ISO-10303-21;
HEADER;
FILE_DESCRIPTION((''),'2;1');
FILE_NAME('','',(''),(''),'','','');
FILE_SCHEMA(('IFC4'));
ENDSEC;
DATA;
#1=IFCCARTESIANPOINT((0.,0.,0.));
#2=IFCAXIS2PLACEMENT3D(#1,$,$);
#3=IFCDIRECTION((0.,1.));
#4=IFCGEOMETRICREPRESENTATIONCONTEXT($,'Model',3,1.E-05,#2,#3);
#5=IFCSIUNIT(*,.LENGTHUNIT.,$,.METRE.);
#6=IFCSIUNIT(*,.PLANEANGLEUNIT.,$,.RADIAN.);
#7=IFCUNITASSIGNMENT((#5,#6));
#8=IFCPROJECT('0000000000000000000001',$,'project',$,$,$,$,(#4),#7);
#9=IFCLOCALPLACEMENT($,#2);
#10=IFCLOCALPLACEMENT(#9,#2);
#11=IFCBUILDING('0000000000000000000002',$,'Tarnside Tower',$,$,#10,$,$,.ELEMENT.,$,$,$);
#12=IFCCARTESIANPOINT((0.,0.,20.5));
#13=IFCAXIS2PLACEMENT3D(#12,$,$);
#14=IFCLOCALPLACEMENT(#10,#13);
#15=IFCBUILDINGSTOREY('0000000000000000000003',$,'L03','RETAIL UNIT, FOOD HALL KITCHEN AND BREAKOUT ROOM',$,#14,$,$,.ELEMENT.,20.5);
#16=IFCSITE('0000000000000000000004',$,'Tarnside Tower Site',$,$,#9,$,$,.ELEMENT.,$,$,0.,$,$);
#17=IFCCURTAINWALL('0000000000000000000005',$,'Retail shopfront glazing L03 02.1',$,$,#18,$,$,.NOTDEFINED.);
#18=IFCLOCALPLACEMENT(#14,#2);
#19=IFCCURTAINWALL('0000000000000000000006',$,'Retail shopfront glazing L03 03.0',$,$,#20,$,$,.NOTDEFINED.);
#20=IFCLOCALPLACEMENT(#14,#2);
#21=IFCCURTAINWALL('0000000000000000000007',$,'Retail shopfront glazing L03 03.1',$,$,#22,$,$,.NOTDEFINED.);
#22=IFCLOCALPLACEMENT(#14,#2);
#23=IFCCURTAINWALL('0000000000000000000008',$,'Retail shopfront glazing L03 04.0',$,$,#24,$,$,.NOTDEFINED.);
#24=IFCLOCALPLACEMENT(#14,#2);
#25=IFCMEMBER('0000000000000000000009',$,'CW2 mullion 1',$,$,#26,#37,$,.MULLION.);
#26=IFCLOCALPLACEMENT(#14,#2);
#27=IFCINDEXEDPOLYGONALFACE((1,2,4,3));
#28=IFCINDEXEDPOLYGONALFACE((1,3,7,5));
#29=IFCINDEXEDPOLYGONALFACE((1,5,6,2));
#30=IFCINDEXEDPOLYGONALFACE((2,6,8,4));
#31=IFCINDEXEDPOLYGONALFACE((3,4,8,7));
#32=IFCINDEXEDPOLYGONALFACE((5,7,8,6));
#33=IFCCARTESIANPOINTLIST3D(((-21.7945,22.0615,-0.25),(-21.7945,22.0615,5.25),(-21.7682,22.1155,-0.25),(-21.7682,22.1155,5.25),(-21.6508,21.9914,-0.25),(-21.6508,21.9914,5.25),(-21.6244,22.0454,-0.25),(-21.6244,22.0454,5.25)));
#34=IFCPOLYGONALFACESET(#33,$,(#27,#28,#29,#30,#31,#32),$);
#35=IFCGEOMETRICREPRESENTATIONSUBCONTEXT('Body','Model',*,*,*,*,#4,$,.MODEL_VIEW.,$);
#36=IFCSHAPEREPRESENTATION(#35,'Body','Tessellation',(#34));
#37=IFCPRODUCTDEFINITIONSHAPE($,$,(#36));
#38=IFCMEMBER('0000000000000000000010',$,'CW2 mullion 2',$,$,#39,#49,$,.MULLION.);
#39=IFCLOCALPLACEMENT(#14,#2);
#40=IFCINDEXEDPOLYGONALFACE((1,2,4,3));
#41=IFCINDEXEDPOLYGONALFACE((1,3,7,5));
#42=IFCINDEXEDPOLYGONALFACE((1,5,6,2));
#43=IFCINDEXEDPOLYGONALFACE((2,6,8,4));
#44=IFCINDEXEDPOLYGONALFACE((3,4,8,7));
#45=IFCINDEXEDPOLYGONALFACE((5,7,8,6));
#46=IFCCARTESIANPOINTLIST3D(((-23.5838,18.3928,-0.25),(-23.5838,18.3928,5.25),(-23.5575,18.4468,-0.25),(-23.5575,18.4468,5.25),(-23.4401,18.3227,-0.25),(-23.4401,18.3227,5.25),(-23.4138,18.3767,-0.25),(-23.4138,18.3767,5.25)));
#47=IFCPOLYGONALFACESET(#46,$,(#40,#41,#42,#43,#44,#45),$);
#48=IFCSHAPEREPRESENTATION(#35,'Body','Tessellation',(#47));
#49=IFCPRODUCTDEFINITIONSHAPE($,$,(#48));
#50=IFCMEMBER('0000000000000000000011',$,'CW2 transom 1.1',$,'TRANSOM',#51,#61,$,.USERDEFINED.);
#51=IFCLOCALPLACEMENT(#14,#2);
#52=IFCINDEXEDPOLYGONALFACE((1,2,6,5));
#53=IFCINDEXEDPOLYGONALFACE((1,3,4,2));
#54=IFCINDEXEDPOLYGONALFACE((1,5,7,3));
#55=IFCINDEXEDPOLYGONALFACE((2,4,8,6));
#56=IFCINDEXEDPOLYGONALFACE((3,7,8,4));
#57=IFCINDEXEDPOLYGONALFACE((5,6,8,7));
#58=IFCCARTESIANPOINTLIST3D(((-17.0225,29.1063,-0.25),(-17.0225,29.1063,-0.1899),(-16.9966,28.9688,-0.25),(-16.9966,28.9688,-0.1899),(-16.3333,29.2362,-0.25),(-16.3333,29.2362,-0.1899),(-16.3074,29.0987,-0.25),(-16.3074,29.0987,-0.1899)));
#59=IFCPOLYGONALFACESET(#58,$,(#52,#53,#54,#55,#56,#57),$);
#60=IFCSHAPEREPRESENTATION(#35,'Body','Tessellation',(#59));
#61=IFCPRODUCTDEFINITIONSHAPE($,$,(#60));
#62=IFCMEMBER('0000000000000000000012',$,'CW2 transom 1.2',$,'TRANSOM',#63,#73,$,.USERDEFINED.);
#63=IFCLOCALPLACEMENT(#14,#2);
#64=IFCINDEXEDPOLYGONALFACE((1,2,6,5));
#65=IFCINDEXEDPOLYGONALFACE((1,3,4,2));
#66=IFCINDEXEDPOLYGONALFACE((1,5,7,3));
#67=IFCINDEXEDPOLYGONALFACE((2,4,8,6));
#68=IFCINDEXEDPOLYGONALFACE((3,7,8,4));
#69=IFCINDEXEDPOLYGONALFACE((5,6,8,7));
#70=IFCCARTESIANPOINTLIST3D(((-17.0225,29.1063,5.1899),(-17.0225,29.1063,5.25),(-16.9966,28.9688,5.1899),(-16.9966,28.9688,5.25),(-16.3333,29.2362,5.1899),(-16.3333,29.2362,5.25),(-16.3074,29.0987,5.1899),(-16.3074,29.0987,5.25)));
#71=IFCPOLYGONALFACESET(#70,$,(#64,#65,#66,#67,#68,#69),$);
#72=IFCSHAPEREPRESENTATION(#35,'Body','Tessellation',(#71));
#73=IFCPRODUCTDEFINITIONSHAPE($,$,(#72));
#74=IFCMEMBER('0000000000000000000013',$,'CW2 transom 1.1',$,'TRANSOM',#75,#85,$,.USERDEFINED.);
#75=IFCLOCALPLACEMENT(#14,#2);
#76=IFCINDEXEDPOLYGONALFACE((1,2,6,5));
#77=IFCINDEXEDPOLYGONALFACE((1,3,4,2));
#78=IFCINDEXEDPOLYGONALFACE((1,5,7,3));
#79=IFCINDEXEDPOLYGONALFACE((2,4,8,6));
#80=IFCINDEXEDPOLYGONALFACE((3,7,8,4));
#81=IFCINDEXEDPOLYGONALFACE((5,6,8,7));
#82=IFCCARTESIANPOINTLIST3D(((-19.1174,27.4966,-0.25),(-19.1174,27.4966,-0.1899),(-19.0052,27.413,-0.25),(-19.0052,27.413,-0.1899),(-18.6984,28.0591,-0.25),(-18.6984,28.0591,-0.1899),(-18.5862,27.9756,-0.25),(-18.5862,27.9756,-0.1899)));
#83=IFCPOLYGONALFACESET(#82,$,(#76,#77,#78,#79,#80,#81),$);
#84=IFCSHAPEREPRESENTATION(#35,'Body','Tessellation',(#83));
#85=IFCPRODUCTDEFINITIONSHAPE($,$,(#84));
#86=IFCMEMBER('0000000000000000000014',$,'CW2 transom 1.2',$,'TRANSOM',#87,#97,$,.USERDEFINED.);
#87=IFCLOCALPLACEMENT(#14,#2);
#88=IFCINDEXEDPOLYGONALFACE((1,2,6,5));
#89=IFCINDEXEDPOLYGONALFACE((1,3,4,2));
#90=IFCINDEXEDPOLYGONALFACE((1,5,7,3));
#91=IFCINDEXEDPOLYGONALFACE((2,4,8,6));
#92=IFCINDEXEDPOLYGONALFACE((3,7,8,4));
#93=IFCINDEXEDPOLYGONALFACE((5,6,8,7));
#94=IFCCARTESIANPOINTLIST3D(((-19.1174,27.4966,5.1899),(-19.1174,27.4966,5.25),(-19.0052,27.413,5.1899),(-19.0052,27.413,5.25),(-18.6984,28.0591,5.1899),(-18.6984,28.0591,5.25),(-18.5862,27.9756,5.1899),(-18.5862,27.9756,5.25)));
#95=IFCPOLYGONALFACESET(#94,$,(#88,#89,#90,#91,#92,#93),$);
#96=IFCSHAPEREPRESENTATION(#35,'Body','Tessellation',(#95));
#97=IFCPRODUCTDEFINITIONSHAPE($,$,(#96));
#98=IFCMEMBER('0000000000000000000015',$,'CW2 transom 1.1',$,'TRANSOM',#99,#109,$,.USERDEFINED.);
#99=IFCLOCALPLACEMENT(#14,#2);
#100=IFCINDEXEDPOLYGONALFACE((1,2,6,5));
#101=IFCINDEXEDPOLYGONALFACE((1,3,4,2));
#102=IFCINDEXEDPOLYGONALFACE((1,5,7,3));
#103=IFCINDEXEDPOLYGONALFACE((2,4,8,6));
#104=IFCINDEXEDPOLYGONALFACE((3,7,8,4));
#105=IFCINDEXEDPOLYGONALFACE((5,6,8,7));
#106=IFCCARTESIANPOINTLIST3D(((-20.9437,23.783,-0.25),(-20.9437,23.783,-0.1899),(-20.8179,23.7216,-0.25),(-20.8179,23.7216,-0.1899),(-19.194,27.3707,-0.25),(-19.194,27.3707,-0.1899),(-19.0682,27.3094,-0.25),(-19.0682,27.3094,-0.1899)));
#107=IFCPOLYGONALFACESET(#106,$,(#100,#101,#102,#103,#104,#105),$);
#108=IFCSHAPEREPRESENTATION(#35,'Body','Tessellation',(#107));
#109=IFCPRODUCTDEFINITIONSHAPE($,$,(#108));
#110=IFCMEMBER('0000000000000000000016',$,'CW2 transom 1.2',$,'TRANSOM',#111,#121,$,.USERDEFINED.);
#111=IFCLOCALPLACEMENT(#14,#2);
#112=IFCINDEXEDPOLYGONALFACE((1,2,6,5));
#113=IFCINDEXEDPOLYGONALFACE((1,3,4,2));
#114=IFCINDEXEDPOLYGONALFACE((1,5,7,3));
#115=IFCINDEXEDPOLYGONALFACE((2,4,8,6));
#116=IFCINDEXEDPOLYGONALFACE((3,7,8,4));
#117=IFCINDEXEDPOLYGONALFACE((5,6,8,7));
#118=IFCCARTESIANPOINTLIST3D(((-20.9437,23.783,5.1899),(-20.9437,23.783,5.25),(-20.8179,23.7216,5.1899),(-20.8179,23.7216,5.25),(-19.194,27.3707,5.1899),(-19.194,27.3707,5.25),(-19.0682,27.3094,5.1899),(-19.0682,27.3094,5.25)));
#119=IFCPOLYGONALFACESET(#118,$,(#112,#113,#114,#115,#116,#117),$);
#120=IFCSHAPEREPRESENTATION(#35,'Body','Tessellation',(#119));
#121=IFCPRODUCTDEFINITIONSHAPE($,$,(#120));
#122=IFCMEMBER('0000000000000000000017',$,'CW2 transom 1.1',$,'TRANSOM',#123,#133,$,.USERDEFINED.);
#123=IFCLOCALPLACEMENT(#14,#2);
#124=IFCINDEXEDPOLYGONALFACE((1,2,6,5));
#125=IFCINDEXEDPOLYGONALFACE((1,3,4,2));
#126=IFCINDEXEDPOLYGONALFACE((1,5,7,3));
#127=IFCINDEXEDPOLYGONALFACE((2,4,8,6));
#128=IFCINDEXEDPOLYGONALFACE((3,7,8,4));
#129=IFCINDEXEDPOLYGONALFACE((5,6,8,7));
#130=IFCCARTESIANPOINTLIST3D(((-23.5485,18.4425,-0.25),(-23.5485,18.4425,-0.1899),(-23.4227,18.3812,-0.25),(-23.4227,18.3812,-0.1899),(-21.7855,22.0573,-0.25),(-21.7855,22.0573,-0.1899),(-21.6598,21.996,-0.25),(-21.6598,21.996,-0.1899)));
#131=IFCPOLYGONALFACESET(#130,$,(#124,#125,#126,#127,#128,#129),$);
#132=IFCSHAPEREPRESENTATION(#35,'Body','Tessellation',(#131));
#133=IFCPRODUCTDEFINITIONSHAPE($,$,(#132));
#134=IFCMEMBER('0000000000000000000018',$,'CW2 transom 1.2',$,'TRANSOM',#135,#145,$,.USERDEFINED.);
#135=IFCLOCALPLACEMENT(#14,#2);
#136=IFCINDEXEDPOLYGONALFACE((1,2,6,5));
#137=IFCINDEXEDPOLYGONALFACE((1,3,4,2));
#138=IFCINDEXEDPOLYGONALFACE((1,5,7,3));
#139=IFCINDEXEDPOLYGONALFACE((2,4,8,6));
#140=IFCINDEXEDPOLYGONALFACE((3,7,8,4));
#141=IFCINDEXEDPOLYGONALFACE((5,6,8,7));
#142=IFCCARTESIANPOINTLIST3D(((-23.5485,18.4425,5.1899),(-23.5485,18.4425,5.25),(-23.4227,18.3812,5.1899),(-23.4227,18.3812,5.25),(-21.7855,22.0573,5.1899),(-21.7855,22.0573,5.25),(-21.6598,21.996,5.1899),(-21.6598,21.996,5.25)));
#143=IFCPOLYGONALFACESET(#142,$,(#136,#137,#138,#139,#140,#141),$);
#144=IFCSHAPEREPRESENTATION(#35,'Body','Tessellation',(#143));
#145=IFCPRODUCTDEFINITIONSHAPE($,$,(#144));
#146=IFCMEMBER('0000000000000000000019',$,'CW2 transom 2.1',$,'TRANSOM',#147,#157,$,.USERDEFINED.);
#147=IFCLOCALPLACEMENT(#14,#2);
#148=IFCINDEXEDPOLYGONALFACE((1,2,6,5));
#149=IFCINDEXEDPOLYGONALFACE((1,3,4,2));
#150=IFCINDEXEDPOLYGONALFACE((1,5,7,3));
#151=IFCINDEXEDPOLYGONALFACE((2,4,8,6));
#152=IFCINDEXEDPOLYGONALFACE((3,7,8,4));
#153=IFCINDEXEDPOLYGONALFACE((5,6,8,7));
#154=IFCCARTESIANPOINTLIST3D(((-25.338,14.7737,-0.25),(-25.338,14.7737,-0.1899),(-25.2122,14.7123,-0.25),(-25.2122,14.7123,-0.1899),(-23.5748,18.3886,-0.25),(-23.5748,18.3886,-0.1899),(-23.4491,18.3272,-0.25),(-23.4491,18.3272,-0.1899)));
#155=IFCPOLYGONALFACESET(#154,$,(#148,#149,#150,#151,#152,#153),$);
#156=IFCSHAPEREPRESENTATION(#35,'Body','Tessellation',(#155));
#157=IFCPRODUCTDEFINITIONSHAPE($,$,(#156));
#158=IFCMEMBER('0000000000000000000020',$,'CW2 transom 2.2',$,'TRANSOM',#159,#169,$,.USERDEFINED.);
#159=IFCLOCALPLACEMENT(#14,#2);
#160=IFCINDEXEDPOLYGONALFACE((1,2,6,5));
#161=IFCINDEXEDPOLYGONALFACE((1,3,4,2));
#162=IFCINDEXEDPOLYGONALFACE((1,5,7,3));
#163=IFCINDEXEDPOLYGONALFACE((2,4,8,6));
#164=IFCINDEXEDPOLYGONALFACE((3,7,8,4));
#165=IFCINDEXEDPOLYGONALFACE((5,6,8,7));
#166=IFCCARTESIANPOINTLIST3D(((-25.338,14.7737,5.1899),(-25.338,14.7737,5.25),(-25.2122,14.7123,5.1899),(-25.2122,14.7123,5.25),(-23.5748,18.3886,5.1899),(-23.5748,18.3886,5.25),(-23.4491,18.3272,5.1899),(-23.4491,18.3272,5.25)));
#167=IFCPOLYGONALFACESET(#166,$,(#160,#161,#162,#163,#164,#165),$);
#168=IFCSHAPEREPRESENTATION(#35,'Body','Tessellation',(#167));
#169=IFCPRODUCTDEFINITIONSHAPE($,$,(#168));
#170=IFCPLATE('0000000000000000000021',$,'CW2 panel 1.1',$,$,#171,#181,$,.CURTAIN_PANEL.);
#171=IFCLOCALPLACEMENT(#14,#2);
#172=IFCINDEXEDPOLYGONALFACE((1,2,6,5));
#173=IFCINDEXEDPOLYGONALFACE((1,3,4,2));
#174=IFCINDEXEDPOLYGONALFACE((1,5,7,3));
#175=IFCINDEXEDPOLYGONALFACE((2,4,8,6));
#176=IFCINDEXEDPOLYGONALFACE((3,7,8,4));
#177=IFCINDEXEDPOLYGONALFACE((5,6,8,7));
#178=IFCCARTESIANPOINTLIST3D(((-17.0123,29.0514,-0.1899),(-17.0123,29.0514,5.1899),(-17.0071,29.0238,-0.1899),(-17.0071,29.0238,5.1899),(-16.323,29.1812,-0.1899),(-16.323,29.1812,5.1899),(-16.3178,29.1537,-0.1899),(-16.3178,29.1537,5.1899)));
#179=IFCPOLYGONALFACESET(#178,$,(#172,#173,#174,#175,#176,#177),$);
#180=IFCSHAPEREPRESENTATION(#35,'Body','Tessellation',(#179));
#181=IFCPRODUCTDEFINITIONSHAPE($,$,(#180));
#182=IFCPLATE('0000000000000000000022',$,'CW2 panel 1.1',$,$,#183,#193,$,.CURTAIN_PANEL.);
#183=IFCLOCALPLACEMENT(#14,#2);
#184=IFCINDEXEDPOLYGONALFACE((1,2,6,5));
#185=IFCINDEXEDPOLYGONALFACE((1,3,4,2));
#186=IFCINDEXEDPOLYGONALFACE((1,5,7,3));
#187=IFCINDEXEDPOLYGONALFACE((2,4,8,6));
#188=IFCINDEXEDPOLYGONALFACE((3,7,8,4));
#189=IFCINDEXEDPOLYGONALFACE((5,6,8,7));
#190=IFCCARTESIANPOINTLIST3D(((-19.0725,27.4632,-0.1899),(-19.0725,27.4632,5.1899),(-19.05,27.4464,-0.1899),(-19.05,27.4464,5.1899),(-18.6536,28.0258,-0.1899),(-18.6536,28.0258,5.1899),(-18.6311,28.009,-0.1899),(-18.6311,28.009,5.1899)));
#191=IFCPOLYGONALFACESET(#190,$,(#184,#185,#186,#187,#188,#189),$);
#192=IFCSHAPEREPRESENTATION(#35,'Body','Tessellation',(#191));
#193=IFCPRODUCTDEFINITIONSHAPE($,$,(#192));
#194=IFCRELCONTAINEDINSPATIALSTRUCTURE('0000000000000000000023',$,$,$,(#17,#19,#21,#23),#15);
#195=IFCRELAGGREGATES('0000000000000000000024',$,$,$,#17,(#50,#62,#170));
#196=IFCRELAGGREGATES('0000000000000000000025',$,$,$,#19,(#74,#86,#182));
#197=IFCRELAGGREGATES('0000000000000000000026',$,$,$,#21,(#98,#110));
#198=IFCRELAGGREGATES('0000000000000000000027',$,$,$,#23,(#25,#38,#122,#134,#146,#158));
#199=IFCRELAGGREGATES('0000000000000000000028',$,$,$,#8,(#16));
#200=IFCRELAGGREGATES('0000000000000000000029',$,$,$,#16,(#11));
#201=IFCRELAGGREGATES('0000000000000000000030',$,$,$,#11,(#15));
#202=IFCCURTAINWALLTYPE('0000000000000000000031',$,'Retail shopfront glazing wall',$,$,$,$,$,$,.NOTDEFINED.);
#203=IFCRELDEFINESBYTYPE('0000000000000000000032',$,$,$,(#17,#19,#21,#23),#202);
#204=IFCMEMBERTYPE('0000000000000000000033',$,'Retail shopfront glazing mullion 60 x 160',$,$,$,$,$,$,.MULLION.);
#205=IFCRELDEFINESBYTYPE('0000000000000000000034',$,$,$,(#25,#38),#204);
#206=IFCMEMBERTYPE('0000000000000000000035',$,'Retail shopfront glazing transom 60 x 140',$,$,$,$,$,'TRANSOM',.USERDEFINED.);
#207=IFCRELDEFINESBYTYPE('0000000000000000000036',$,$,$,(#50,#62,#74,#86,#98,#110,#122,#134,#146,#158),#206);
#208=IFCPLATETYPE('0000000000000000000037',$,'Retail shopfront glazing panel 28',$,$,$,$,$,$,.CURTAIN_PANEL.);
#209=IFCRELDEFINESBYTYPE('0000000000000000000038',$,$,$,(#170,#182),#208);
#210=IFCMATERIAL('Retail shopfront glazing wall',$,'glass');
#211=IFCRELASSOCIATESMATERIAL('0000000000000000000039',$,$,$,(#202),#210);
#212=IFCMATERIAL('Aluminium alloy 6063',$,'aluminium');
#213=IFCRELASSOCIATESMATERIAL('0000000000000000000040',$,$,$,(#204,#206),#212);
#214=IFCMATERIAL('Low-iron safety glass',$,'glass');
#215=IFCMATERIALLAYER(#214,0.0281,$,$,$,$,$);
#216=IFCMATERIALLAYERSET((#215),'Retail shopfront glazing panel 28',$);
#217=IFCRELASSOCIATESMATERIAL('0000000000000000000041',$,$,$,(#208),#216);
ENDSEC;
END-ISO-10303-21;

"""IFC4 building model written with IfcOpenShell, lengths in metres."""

from ifc_helpers import new_model, si_unit, direction, frame, origin, origin_2d, place, context, subcontext, project, spatial, rectangle, extrude, material, layer, layer_set, material_profile, profile_set, type_object, element, aggregate, save


model = new_model("IFC4")

# Units and contexts
model_context = context("Model", 3, precision=1e-05, world=origin(), true_north=direction((0.0, 1.0)))
body_context = subcontext(model_context, "Body", "Model", "MODEL_VIEW")
ifc_project = project(units=[si_unit("LENGTHUNIT", "METRE"), si_unit("PLANEANGLEUNIT", "RADIAN")], contexts=[model_context])

# Site, building, storey
site_placement = place(None, origin())
site = spatial("IfcSite", under=ifc_project, at=site_placement, Name="Tarnside Tower Site", CompositionType="ELEMENT", RefElevation=0.0)
building_placement = place(site_placement, origin())
building = spatial("IfcBuilding", under=site, at=building_placement, Name="Tarnside Tower", CompositionType="ELEMENT")
storey_placement = place(building_placement, frame((0.0, 0.0, 20.5)))
storey = spatial("IfcBuildingStorey", under=building, at=storey_placement, Name="L03", Description="RETAIL UNIT, FOOD HALL KITCHEN AND BREAKOUT ROOM", CompositionType="ELEMENT", Elevation=20.5)

# Shared definitions
ifc_material_1 = material(Name="Retail shopfront glazing wall", Category="glass")
curtain_wall_type = type_object("IfcCurtainWallType", Name="Retail shopfront glazing wall", PredefinedType="NOTDEFINED", material=ifc_material_1)
ifc_material_2 = material(Name="Aluminium alloy 6063", Category="aluminium")
ifc_material_profile_1 = material_profile(ifc_material_2, rectangle(XDim=0.1599, YDim=0.0601, at=origin_2d()), Name="Retail shopfront glazing mullion 60 x 160")
ifc_profile_set_1 = profile_set([ifc_material_profile_1], Name="Aluminium alloy 6063")
member_type_1 = type_object("IfcMemberType", Name="Retail shopfront glazing mullion 60 x 160", PredefinedType="MULLION", material=ifc_profile_set_1)

# Curtain walls, members
curtain_wall_1_placement = place(storey_placement, origin())
curtain_wall_1 = element("IfcCurtainWall", 1, at=curtain_wall_1_placement, inside=storey, type_object=curtain_wall_type, Name="Retail shopfront glazing L03 02.1", PredefinedType="NOTDEFINED")
curtain_wall_2_placement = place(storey_placement, origin())
curtain_wall_2 = element("IfcCurtainWall", 2, at=curtain_wall_2_placement, inside=storey, type_object=curtain_wall_type, Name="Retail shopfront glazing L03 03.0", PredefinedType="NOTDEFINED")
curtain_wall_3_placement = place(storey_placement, origin())
curtain_wall_3 = element("IfcCurtainWall", 3, at=curtain_wall_3_placement, inside=storey, type_object=curtain_wall_type, Name="Retail shopfront glazing L03 03.1", PredefinedType="NOTDEFINED")
curtain_wall_4_placement = place(storey_placement, origin())
curtain_wall_4 = element("IfcCurtainWall", 4, at=curtain_wall_4_placement, inside=storey, type_object=curtain_wall_type, Name="Retail shopfront glazing L03 04.0", PredefinedType="NOTDEFINED")
member_1_placement = place(storey_placement, frame((-21.7095, 22.0535, -0.25), z_axis=(0.0, 0.0, 1.0), x_axis=(0.898794, -0.438371, 0.0)))
member_1 = element("IfcMember", 5, at=member_1_placement, type_object=member_type_1, Name="CW2 mullion 1", PredefinedType="MULLION", context=body_context, shape_type="SweptSolid", body=[
    extrude(rectangle(XDim=0.1599, YDim=0.0601, at=origin_2d()), origin(), (0.0, 0.0, 1.0), 5.5),
])
member_2_placement = place(storey_placement, frame((-23.4988, 18.3848, -0.25), z_axis=(0.0, 0.0, 1.0), x_axis=(0.898794, -0.438371, 0.0)))
member_2 = element("IfcMember", 6, at=member_2_placement, type_object=member_type_1, Name="CW2 mullion 2", PredefinedType="MULLION", context=body_context, shape_type="SweptSolid", body=[
    extrude(rectangle(XDim=0.1599, YDim=0.0601, at=origin_2d()), origin(), (0.0, 0.0, 1.0), 5.5),
])

# Members
ifc_material_profile_2 = material_profile(ifc_material_2, rectangle(XDim=0.1399, YDim=0.0601, at=origin_2d()), Name="Retail shopfront glazing transom 60 x 140")
ifc_profile_set_2 = profile_set([ifc_material_profile_2], Name="Aluminium alloy 6063")
member_type_2 = type_object("IfcMemberType", Name="Retail shopfront glazing transom 60 x 140", ElementType="TRANSOM", PredefinedType="USERDEFINED", material=ifc_profile_set_2)
member_3_placement = place(storey_placement, frame((-16.3203, 29.1675, -0.22), z_axis=(-0.982702, -0.185192, 0.0), x_axis=(0.185192, -0.982702, 0.0)))
member_3 = element("IfcMember", 7, at=member_3_placement, type_object=member_type_2, Name="CW2 transom 1.1", ObjectType="TRANSOM", PredefinedType="USERDEFINED", context=body_context, shape_type="SweptSolid", body=[
    extrude(rectangle(XDim=0.1399, YDim=0.0601, at=origin_2d()), origin(), (0.0, 0.0, 1.0), 0.7014),
])
member_4_placement = place(storey_placement, frame((-16.3203, 29.1675, 5.22), z_axis=(-0.982702, -0.185192, 0.0), x_axis=(0.185192, -0.982702, 0.0)))
member_4 = element("IfcMember", 8, at=member_4_placement, type_object=member_type_2, Name="CW2 transom 1.2", ObjectType="TRANSOM", PredefinedType="USERDEFINED", context=body_context, shape_type="SweptSolid", body=[
    extrude(rectangle(XDim=0.1399, YDim=0.0601, at=origin_2d()), origin(), (0.0, 0.0, 1.0), 0.7014),
])
member_5_placement = place(storey_placement, frame((-18.6423, 28.0173, -0.22), z_axis=(-0.597323, -0.802001, 0.0), x_axis=(0.802001, -0.597323, 0.0)))
member_5 = element("IfcMember", 9, at=member_5_placement, type_object=member_type_2, Name="CW2 transom 1.1", ObjectType="TRANSOM", PredefinedType="USERDEFINED", context=body_context, shape_type="SweptSolid", body=[
    extrude(rectangle(XDim=0.1399, YDim=0.0601, at=origin_2d()), origin(), (0.0, 0.0, 1.0), 0.7014),
])
member_6_placement = place(storey_placement, frame((-18.6423, 28.0173, 5.22), z_axis=(-0.597323, -0.802001, 0.0), x_axis=(0.802001, -0.597323, 0.0)))
member_6 = element("IfcMember", 10, at=member_6_placement, type_object=member_type_2, Name="CW2 transom 1.2", ObjectType="TRANSOM", PredefinedType="USERDEFINED", context=body_context, shape_type="SweptSolid", body=[
    extrude(rectangle(XDim=0.1399, YDim=0.0601, at=origin_2d()), origin(), (0.0, 0.0, 1.0), 0.7014),
])
member_7_placement = place(storey_placement, frame((-19.1311, 27.3401, -0.22), z_axis=(-0.438336, -0.898811, 0.0), x_axis=(0.898811, -0.438336, 0.0)))
member_7 = element("IfcMember", 11, at=member_7_placement, type_object=member_type_2, Name="CW2 transom 1.1", ObjectType="TRANSOM", PredefinedType="USERDEFINED", context=body_context, shape_type="SweptSolid", body=[
    extrude(rectangle(XDim=0.1399, YDim=0.0601, at=origin_2d()), origin(), (0.0, 0.0, 1.0), 3.9917),
])
member_8_placement = place(storey_placement, frame((-19.1311, 27.3401, 5.22), z_axis=(-0.438336, -0.898811, 0.0), x_axis=(0.898811, -0.438336, 0.0)))
member_8 = element("IfcMember", 12, at=member_8_placement, type_object=member_type_2, Name="CW2 transom 1.2", ObjectType="TRANSOM", PredefinedType="USERDEFINED", context=body_context, shape_type="SweptSolid", body=[
    extrude(rectangle(XDim=0.1399, YDim=0.0601, at=origin_2d()), origin(), (0.0, 0.0, 1.0), 3.9917),
])
member_9_placement = place(storey_placement, frame((-21.7227, 22.0266, -0.22), z_axis=(-0.438353, -0.898803, 0.0), x_axis=(0.898803, -0.438353, 0.0)))
member_9 = element("IfcMember", 13, at=member_9_placement, type_object=member_type_2, Name="CW2 transom 1.1", ObjectType="TRANSOM", PredefinedType="USERDEFINED", context=body_context, shape_type="SweptSolid", body=[
    extrude(rectangle(XDim=0.1399, YDim=0.0601, at=origin_2d()), origin(), (0.0, 0.0, 1.0), 4.0217),
])
member_10_placement = place(storey_placement, frame((-21.7227, 22.0266, 5.22), z_axis=(-0.438353, -0.898803, 0.0), x_axis=(0.898803, -0.438353, 0.0)))
member_10 = element("IfcMember", 14, at=member_10_placement, type_object=member_type_2, Name="CW2 transom 1.2", ObjectType="TRANSOM", PredefinedType="USERDEFINED", context=body_context, shape_type="SweptSolid", body=[
    extrude(rectangle(XDim=0.1399, YDim=0.0601, at=origin_2d()), origin(), (0.0, 0.0, 1.0), 4.0217),
])
member_11_placement = place(storey_placement, frame((-23.512, 18.3579, -0.22), z_axis=(-0.438378, -0.898791, 0.0), x_axis=(0.898791, -0.438378, 0.0)))
member_11 = element("IfcMember", 15, at=member_11_placement, type_object=member_type_2, Name="CW2 transom 2.1", ObjectType="TRANSOM", PredefinedType="USERDEFINED", context=body_context, shape_type="SweptSolid", body=[
    extrude(rectangle(XDim=0.1399, YDim=0.0601, at=origin_2d()), origin(), (0.0, 0.0, 1.0), 4.022),
])
member_12_placement = place(storey_placement, frame((-23.512, 18.3579, 5.22), z_axis=(-0.438378, -0.898791, 0.0), x_axis=(0.898791, -0.438378, 0.0)))
member_12 = element("IfcMember", 16, at=member_12_placement, type_object=member_type_2, Name="CW2 transom 2.2", ObjectType="TRANSOM", PredefinedType="USERDEFINED", context=body_context, shape_type="SweptSolid", body=[
    extrude(rectangle(XDim=0.1399, YDim=0.0601, at=origin_2d()), origin(), (0.0, 0.0, 1.0), 4.022),
])

# Plates
ifc_material_3 = material(Name="Low-iron safety glass", Category="glass")
ifc_layer_1 = layer(ifc_material_3, 0.0281)
ifc_layer_set_1 = layer_set([ifc_layer_1], Name="Retail shopfront glazing panel 28")
plate_type = type_object("IfcPlateType", Name="Retail shopfront glazing panel 28", PredefinedType="CURTAIN_PANEL", material=ifc_layer_set_1)
plate_1_placement = place(storey_placement, frame((-16.665, 29.1025, -0.1899), z_axis=(0.0, 0.0, 1.0), x_axis=(-0.982721, -0.185095, 0.0)))
plate_1 = element("IfcPlate", 17, at=plate_1_placement, type_object=plate_type, Name="CW2 panel 1.1", PredefinedType="CURTAIN_PANEL", context=body_context, shape_type="SweptSolid", body=[
    extrude(rectangle(XDim=0.7014, YDim=0.0281, at=origin_2d()), origin(), (0.0, 0.0, 1.0), 5.3799),
])
aggregate(curtain_wall_1, [member_3, member_4, plate_1])
plate_2_placement = place(storey_placement, frame((-18.8518, 27.7361, -0.1899), z_axis=(0.0, 0.0, 1.0), x_axis=(-0.597159, -0.802123, 0.0)))
plate_2 = element("IfcPlate", 18, at=plate_2_placement, type_object=plate_type, Name="CW2 panel 1.1", PredefinedType="CURTAIN_PANEL", context=body_context, shape_type="SweptSolid", body=[
    extrude(rectangle(XDim=0.7014, YDim=0.0281, at=origin_2d()), origin(), (0.0, 0.0, 1.0), 5.3799),
])
aggregate(curtain_wall_2, [member_5, member_6, plate_2])
aggregate(curtain_wall_3, [member_7, member_8])
aggregate(curtain_wall_4, [member_1, member_2, member_9, member_10, member_11, member_12])

save(model, "model.ifc")
